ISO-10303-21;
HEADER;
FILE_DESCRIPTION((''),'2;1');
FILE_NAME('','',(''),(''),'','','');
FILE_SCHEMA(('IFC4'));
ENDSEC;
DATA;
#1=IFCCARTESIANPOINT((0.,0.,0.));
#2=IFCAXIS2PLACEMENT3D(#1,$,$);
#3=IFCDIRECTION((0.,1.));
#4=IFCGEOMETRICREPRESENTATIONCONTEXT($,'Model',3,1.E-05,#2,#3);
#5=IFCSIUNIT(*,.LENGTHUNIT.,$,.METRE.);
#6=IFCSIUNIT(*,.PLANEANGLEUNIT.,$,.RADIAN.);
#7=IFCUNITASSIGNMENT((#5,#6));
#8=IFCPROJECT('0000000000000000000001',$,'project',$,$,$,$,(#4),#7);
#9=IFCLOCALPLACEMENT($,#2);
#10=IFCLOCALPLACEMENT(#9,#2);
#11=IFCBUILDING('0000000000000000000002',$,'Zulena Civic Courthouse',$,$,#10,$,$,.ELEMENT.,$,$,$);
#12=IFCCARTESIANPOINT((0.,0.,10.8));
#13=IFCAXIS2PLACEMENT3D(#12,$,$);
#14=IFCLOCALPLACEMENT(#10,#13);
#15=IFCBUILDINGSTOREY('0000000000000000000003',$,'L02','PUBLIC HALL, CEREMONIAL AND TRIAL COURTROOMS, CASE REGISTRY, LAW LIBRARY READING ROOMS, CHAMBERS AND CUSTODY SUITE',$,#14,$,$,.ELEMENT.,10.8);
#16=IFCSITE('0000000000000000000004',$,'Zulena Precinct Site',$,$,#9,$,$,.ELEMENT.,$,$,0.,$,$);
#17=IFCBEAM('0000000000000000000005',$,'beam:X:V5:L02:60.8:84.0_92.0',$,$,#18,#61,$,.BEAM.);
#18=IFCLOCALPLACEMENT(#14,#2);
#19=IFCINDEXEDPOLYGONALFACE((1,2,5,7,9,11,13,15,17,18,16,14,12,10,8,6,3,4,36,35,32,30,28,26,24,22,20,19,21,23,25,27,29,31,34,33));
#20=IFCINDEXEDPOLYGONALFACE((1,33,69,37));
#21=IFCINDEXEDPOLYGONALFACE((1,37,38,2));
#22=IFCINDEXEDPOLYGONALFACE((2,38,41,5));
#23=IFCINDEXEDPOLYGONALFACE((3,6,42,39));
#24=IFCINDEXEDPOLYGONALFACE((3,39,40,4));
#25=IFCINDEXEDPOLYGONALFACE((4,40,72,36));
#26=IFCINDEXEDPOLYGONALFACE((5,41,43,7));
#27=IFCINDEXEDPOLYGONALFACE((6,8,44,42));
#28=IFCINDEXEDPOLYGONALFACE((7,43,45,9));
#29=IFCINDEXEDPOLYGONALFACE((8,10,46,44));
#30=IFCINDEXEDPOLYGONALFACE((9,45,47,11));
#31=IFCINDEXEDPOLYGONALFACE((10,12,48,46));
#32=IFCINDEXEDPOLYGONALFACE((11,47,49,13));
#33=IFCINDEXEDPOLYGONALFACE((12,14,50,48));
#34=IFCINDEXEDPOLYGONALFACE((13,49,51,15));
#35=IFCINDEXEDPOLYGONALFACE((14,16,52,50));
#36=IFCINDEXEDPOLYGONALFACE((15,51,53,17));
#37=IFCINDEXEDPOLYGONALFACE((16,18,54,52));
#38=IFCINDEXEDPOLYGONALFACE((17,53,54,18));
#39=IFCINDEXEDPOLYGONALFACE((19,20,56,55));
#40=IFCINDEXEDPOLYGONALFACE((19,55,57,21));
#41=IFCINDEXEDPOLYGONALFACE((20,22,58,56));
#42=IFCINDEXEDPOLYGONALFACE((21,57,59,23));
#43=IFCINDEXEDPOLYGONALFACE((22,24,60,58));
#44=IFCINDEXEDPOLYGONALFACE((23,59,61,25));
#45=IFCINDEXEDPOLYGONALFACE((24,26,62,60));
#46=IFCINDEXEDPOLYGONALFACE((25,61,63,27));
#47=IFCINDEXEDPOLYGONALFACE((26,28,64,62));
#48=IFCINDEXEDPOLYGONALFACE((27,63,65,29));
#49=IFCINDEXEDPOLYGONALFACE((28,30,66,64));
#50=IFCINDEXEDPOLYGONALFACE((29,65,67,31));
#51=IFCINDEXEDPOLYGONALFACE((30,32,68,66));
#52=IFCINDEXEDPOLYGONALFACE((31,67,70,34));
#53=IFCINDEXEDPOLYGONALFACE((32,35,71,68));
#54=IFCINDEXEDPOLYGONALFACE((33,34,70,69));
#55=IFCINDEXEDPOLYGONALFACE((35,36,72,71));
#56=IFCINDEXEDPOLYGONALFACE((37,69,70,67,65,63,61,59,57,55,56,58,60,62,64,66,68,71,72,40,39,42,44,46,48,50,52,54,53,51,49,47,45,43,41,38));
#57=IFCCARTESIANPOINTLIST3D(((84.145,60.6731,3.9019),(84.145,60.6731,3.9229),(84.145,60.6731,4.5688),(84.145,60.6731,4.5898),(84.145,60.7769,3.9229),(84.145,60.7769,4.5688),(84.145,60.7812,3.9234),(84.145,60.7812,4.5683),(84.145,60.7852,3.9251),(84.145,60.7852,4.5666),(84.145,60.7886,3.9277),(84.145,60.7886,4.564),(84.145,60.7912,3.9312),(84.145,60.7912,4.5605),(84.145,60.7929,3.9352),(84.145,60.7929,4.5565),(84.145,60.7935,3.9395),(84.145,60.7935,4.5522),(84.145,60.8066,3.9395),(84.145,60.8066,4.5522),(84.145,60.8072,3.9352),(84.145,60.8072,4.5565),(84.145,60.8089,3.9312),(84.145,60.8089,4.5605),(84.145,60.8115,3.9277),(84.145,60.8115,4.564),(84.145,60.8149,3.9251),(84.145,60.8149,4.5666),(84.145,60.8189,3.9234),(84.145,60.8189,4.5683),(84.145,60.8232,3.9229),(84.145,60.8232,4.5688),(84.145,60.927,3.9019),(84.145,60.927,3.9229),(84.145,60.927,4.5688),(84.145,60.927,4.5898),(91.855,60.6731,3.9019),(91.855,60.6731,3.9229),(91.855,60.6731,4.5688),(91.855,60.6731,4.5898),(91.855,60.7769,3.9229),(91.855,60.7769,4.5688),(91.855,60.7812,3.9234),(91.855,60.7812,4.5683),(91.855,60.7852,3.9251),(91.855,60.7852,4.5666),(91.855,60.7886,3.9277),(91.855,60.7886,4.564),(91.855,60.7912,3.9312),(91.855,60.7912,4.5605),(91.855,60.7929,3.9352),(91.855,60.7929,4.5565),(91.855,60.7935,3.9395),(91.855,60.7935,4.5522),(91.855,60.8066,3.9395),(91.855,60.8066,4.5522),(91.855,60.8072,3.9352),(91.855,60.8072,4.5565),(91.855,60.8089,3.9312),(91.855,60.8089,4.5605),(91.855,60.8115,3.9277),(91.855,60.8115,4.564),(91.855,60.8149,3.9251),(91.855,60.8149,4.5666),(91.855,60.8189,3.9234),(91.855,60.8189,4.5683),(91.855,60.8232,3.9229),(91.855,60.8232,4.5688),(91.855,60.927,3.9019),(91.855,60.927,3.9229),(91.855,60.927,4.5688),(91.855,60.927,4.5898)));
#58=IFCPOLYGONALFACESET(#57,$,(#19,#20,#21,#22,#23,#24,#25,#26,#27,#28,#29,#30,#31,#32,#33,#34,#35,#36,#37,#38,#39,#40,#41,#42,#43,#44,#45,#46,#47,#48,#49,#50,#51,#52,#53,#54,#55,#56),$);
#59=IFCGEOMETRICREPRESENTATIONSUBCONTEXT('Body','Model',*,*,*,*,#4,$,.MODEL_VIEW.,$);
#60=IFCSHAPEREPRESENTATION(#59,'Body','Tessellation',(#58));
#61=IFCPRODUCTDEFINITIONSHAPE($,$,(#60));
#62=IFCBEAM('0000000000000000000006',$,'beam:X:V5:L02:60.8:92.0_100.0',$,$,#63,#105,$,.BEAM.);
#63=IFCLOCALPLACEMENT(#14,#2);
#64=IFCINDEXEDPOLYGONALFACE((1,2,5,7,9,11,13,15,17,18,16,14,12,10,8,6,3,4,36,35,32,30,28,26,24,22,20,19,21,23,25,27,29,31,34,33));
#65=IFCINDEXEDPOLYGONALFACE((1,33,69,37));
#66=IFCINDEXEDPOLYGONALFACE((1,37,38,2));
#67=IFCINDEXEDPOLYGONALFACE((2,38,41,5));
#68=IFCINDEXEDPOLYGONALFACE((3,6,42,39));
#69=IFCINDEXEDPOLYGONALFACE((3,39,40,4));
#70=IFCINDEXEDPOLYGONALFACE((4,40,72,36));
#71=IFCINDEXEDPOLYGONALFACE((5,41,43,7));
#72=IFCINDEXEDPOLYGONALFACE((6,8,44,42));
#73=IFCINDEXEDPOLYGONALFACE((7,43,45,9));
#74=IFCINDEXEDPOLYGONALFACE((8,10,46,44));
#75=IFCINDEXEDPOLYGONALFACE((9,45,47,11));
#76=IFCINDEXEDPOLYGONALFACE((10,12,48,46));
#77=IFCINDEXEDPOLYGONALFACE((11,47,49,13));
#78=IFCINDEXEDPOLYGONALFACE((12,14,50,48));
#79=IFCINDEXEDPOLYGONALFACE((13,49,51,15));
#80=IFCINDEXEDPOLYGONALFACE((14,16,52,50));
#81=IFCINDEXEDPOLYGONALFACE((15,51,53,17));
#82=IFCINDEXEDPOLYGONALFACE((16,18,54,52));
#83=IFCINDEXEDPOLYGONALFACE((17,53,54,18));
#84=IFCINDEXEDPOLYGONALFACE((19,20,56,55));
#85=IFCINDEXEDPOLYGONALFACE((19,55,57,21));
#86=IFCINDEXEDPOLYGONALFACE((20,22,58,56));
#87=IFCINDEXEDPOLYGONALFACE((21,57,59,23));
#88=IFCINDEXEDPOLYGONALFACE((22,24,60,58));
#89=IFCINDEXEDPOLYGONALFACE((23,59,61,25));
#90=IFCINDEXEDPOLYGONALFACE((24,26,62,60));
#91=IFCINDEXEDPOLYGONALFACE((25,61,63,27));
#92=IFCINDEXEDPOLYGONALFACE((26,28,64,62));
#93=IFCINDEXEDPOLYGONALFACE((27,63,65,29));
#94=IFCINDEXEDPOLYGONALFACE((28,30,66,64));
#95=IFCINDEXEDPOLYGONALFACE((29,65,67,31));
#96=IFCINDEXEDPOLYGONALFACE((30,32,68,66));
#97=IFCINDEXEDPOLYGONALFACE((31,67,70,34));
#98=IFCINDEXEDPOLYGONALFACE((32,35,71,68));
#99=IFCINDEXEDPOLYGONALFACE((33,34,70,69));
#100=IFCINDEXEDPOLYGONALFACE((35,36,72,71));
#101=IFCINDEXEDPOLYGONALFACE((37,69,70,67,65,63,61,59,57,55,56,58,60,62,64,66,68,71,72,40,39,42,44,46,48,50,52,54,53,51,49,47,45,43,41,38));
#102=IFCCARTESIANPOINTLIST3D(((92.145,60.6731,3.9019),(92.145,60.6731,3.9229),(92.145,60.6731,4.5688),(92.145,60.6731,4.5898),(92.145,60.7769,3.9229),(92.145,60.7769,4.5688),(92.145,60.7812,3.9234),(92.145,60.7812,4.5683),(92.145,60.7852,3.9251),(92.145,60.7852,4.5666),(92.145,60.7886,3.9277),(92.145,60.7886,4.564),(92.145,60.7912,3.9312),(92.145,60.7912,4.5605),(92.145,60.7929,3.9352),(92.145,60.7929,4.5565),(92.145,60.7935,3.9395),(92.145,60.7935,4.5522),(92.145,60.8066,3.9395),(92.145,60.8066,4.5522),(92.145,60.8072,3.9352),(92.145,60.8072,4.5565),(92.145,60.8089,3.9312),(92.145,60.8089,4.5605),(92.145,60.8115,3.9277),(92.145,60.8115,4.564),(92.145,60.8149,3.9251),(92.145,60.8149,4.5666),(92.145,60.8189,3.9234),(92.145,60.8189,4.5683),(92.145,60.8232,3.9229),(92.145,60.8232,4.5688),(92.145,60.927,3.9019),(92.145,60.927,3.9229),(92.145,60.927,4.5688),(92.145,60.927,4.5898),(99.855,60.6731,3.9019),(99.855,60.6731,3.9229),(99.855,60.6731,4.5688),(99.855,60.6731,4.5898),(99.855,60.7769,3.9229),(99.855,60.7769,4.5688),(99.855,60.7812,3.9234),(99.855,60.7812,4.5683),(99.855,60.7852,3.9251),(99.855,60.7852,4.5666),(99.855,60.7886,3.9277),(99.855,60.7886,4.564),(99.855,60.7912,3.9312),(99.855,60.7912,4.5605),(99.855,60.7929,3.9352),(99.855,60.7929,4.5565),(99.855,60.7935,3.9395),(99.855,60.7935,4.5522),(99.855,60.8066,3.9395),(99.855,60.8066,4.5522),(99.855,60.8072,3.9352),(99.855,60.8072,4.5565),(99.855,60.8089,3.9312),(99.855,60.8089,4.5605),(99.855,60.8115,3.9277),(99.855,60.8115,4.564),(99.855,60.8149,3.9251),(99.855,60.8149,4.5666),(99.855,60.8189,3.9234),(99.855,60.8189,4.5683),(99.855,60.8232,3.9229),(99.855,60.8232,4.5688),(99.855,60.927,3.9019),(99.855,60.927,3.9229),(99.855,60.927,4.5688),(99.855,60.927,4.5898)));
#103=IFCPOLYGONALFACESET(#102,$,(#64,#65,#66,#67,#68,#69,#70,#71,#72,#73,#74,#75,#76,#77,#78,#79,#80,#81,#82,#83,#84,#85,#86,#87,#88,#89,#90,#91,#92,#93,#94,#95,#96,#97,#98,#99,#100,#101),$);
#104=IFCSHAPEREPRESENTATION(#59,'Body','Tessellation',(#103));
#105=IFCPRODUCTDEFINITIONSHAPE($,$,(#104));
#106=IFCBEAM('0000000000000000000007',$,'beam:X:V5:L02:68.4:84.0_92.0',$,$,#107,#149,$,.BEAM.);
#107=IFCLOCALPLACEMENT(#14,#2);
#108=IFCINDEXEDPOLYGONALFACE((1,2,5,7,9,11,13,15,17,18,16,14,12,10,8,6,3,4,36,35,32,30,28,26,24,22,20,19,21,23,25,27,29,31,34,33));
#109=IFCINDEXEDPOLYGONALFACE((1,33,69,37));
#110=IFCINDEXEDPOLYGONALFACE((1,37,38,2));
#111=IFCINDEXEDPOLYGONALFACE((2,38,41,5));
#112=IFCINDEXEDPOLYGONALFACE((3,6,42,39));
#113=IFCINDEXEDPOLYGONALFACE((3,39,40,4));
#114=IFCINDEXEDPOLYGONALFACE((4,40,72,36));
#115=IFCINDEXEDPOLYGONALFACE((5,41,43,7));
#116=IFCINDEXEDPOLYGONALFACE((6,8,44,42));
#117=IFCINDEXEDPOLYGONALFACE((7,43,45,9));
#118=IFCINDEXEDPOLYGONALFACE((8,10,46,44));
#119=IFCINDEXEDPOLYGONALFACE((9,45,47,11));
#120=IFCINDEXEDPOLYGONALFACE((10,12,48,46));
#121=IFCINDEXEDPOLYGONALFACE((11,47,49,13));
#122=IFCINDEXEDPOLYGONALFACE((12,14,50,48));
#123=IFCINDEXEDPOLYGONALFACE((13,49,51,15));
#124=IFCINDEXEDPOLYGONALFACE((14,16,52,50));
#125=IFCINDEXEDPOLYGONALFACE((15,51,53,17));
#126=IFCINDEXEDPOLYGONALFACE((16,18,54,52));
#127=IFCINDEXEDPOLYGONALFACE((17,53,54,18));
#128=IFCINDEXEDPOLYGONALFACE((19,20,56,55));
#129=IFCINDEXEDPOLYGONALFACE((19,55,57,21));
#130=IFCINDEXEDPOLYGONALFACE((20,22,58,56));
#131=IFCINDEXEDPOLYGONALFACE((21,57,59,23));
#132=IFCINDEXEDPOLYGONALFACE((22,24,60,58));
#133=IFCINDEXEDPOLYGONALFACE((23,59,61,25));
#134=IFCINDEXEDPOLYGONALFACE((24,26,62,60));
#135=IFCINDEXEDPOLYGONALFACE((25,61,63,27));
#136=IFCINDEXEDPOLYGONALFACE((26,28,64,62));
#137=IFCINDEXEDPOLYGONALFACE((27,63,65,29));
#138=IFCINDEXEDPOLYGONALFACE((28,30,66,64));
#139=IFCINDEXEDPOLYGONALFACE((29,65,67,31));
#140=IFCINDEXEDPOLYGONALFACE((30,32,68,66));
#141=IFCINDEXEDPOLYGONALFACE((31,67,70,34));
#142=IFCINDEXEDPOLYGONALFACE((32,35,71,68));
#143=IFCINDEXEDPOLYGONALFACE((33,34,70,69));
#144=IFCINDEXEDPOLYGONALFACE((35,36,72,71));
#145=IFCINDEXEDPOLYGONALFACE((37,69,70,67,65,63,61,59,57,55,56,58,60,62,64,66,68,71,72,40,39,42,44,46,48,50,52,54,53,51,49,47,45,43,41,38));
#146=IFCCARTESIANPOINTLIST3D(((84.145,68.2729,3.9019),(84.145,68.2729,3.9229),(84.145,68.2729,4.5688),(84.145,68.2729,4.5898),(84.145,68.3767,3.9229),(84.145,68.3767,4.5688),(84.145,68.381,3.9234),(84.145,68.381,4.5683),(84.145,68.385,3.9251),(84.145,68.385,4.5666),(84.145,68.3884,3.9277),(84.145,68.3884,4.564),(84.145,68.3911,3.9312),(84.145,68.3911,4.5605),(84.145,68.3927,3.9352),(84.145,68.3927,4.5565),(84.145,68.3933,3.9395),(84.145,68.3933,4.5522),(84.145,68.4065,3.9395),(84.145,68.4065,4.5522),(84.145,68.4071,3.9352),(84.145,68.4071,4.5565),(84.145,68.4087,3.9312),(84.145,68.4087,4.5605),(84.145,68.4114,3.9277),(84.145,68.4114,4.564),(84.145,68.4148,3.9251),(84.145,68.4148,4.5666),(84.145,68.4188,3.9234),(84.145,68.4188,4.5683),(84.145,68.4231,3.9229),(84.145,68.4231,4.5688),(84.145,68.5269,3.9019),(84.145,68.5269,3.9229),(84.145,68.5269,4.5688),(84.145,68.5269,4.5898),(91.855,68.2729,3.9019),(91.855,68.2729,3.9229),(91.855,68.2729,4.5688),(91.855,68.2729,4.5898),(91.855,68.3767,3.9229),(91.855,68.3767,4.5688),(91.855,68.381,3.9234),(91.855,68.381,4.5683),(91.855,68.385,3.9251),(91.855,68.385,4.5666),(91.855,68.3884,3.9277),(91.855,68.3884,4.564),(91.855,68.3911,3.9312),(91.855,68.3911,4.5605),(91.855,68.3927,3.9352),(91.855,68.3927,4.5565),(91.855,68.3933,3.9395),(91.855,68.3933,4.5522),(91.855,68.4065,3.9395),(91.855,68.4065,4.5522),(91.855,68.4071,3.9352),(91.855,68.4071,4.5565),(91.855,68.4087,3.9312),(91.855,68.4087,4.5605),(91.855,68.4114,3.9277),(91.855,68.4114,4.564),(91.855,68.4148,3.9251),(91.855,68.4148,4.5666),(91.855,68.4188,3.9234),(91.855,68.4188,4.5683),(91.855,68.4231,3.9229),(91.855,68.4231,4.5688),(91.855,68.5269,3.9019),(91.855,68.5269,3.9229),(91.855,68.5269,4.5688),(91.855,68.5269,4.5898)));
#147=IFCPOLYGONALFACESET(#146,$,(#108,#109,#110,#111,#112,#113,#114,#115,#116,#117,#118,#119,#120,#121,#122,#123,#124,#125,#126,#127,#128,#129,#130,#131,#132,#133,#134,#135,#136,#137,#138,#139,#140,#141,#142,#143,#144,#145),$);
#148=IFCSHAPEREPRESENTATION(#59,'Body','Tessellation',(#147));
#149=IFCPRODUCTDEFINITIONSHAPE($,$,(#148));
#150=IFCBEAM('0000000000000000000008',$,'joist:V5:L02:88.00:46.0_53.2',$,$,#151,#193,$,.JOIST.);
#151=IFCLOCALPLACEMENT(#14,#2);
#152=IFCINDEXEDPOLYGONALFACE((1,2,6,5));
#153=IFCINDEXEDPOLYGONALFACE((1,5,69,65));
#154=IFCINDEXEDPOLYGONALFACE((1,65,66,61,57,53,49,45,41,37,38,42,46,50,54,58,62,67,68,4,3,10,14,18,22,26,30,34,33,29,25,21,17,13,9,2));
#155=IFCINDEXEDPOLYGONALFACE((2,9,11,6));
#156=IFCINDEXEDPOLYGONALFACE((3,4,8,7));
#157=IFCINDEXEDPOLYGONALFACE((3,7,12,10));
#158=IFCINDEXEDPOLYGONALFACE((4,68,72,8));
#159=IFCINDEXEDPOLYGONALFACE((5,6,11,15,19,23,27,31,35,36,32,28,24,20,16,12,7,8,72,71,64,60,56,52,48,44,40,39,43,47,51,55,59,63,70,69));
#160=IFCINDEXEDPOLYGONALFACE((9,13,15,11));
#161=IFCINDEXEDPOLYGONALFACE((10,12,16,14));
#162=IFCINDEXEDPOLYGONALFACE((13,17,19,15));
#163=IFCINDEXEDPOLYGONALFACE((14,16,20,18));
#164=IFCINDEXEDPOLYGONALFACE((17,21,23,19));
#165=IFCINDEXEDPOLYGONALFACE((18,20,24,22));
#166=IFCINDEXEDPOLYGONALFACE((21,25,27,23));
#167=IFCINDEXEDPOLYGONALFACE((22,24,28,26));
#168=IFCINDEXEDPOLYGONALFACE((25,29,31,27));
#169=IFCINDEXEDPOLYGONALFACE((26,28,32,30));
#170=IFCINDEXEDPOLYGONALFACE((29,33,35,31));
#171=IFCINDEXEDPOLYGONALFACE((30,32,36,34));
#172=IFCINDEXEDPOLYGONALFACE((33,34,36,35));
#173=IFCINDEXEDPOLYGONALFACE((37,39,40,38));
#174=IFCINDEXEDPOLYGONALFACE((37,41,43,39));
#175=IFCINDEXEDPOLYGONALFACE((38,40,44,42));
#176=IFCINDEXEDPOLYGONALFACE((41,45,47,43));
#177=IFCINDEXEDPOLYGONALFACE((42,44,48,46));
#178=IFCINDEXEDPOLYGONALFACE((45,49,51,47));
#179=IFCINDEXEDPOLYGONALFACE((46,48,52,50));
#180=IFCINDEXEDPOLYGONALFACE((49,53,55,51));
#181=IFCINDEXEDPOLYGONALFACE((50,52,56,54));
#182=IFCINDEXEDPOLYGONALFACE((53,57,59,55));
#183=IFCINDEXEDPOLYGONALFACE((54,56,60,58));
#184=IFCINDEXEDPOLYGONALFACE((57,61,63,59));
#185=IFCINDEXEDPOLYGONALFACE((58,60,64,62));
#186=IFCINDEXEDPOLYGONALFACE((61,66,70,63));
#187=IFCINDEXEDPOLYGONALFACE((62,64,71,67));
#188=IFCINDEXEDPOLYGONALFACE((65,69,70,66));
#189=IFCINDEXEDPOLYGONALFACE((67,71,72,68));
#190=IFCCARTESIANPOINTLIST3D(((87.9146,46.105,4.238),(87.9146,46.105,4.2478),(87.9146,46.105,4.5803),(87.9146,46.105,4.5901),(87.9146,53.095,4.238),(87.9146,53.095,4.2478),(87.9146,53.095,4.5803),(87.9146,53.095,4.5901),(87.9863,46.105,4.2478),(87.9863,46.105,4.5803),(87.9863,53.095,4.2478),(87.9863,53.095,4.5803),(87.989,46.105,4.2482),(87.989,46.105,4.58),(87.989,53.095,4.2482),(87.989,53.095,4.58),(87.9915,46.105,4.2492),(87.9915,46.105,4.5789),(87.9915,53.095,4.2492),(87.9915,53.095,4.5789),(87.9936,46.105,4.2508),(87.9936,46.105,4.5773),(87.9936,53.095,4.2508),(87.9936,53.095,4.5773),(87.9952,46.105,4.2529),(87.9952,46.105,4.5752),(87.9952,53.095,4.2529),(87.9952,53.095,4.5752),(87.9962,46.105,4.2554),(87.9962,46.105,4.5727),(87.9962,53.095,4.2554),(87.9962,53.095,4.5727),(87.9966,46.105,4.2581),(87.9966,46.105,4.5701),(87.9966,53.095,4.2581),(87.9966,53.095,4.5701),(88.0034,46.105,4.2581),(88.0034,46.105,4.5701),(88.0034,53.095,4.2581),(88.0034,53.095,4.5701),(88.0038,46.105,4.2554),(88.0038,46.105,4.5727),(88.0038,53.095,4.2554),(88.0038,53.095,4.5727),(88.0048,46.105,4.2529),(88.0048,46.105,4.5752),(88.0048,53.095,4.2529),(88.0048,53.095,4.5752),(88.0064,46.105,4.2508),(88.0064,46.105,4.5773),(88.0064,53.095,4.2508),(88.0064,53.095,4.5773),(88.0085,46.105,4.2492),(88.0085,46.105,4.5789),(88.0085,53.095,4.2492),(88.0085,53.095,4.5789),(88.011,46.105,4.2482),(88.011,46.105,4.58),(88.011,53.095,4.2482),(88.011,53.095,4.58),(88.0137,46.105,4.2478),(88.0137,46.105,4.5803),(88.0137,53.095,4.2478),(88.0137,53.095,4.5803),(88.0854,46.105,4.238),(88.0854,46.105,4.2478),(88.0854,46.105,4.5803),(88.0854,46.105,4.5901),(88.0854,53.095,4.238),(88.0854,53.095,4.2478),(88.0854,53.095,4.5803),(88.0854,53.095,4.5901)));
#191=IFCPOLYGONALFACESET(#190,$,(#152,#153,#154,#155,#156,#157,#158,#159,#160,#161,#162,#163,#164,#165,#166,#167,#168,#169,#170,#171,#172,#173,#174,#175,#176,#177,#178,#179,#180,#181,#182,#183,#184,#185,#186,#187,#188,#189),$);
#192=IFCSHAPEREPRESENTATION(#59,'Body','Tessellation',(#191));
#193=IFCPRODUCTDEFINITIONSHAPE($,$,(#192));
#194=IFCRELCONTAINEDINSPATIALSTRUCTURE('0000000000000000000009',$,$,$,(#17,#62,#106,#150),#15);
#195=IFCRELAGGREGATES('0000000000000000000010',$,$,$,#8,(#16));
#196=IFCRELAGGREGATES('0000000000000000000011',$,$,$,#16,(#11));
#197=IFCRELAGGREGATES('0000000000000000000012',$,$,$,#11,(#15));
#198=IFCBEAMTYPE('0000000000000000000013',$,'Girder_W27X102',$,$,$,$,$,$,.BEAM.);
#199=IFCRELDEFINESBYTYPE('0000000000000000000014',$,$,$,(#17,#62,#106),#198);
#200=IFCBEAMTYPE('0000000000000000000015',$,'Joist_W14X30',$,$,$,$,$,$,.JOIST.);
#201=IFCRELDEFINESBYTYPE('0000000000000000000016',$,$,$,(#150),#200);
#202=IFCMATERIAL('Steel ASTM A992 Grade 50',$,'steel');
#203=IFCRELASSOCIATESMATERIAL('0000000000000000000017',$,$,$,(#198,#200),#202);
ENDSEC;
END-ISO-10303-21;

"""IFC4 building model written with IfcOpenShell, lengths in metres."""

from ifc_helpers import new_model, si_unit, direction, frame, origin, origin_2d, place, context, subcontext, project, spatial, i_section, extrude, material, material_profile, profile_set, type_object, element, save


model = new_model("IFC4")

# Units and contexts
model_context = context("Model", 3, precision=1e-05, world=origin(), true_north=direction((0.0, 1.0)))
body_context = subcontext(model_context, "Body", "Model", "MODEL_VIEW")
ifc_project = project(units=[si_unit("LENGTHUNIT", "METRE"), si_unit("PLANEANGLEUNIT", "RADIAN")], contexts=[model_context])

# Site, building, storey
site_placement = place(None, origin())
site = spatial("IfcSite", under=ifc_project, at=site_placement, Name="Zulena Precinct Site", CompositionType="ELEMENT", RefElevation=0.0)
building_placement = place(site_placement, origin())
building = spatial("IfcBuilding", under=site, at=building_placement, Name="Zulena Civic Courthouse", CompositionType="ELEMENT")
storey_placement = place(building_placement, frame((0.0, 0.0, 10.8)))
storey = spatial("IfcBuildingStorey", under=building, at=storey_placement, Name="L02", Description="PUBLIC HALL, CEREMONIAL AND TRIAL COURTROOMS, CASE REGISTRY, LAW LIBRARY READING ROOMS, CHAMBERS AND CUSTODY SUITE", CompositionType="ELEMENT", Elevation=10.8)

# Shared definitions
ifc_material_1 = material(Name="Steel ASTM A992 Grade 50", Category="steel")

# Beams
ifc_material_profile_1 = material_profile(ifc_material_1, i_section(OverallWidth=0.2539, OverallDepth=0.688, WebThickness=0.0132, FlangeThickness=0.021, FilletRadius=0.0166, at=origin_2d()), Name="W27X102")
ifc_profile_set_1 = profile_set([ifc_material_profile_1], Name="Steel ASTM A992 Grade 50")
beam_type_1 = type_object("IfcBeamType", Name="Girder_W27X102", PredefinedType="BEAM", material=ifc_profile_set_1)
for number, where, z_axis, x_axis, name in (
    (1, (84.145, 60.8, 4.2458), (1.0, 0.0, 0.0), (0.0, 1.0, 0.0), "beam:X:V5:L02:60.8:84.0_92.0"),
    (2, (92.145, 60.8, 4.2458), (1.0, 0.0, 0.0), (0.0, 1.0, 0.0), "beam:X:V5:L02:60.8:92.0_100.0"),
    (3, (84.145, 68.3999, 4.2458), (1.0, 0.0, 0.0), (0.0, 1.0, 0.0), "beam:X:V5:L02:68.4:84.0_92.0"),
):
    element("IfcBeam", number, at=place(storey_placement, frame(where, z_axis=z_axis, x_axis=x_axis)), inside=storey, type_object=beam_type_1, Name=name, PredefinedType="BEAM", context=body_context, shape_type="SweptSolid", body=[
        extrude(i_section(OverallWidth=0.2539, OverallDepth=0.688, WebThickness=0.0132, FlangeThickness=0.021, FilletRadius=0.0166, at=origin_2d()), origin(), (0.0, 0.0, 1.0), 7.71),
    ])
ifc_material_profile_2 = material_profile(ifc_material_1, i_section(OverallWidth=0.1709, OverallDepth=0.3521, WebThickness=0.0068, FlangeThickness=0.0098, FilletRadius=0.0103, at=origin_2d()), Name="W14X30")
ifc_profile_set_2 = profile_set([ifc_material_profile_2], Name="Steel ASTM A992 Grade 50")
beam_type_2 = type_object("IfcBeamType", Name="Joist_W14X30", PredefinedType="JOIST", material=ifc_profile_set_2)
beam_1_placement = place(storey_placement, frame((88.0, 46.105, 4.4141), z_axis=(0.0, 1.0, 0.0), x_axis=(-1.0, 0.0, 0.0)))
element("IfcBeam", 4, at=beam_1_placement, inside=storey, type_object=beam_type_2, Name="joist:V5:L02:88.00:46.0_53.2", PredefinedType="JOIST", context=body_context, shape_type="SweptSolid", body=[
    extrude(i_section(OverallWidth=0.1709, OverallDepth=0.3521, WebThickness=0.0068, FlangeThickness=0.0098, FilletRadius=0.0103, at=origin_2d()), origin(), (0.0, 0.0, 1.0), 6.99),
])

save(model, "model.ifc")
